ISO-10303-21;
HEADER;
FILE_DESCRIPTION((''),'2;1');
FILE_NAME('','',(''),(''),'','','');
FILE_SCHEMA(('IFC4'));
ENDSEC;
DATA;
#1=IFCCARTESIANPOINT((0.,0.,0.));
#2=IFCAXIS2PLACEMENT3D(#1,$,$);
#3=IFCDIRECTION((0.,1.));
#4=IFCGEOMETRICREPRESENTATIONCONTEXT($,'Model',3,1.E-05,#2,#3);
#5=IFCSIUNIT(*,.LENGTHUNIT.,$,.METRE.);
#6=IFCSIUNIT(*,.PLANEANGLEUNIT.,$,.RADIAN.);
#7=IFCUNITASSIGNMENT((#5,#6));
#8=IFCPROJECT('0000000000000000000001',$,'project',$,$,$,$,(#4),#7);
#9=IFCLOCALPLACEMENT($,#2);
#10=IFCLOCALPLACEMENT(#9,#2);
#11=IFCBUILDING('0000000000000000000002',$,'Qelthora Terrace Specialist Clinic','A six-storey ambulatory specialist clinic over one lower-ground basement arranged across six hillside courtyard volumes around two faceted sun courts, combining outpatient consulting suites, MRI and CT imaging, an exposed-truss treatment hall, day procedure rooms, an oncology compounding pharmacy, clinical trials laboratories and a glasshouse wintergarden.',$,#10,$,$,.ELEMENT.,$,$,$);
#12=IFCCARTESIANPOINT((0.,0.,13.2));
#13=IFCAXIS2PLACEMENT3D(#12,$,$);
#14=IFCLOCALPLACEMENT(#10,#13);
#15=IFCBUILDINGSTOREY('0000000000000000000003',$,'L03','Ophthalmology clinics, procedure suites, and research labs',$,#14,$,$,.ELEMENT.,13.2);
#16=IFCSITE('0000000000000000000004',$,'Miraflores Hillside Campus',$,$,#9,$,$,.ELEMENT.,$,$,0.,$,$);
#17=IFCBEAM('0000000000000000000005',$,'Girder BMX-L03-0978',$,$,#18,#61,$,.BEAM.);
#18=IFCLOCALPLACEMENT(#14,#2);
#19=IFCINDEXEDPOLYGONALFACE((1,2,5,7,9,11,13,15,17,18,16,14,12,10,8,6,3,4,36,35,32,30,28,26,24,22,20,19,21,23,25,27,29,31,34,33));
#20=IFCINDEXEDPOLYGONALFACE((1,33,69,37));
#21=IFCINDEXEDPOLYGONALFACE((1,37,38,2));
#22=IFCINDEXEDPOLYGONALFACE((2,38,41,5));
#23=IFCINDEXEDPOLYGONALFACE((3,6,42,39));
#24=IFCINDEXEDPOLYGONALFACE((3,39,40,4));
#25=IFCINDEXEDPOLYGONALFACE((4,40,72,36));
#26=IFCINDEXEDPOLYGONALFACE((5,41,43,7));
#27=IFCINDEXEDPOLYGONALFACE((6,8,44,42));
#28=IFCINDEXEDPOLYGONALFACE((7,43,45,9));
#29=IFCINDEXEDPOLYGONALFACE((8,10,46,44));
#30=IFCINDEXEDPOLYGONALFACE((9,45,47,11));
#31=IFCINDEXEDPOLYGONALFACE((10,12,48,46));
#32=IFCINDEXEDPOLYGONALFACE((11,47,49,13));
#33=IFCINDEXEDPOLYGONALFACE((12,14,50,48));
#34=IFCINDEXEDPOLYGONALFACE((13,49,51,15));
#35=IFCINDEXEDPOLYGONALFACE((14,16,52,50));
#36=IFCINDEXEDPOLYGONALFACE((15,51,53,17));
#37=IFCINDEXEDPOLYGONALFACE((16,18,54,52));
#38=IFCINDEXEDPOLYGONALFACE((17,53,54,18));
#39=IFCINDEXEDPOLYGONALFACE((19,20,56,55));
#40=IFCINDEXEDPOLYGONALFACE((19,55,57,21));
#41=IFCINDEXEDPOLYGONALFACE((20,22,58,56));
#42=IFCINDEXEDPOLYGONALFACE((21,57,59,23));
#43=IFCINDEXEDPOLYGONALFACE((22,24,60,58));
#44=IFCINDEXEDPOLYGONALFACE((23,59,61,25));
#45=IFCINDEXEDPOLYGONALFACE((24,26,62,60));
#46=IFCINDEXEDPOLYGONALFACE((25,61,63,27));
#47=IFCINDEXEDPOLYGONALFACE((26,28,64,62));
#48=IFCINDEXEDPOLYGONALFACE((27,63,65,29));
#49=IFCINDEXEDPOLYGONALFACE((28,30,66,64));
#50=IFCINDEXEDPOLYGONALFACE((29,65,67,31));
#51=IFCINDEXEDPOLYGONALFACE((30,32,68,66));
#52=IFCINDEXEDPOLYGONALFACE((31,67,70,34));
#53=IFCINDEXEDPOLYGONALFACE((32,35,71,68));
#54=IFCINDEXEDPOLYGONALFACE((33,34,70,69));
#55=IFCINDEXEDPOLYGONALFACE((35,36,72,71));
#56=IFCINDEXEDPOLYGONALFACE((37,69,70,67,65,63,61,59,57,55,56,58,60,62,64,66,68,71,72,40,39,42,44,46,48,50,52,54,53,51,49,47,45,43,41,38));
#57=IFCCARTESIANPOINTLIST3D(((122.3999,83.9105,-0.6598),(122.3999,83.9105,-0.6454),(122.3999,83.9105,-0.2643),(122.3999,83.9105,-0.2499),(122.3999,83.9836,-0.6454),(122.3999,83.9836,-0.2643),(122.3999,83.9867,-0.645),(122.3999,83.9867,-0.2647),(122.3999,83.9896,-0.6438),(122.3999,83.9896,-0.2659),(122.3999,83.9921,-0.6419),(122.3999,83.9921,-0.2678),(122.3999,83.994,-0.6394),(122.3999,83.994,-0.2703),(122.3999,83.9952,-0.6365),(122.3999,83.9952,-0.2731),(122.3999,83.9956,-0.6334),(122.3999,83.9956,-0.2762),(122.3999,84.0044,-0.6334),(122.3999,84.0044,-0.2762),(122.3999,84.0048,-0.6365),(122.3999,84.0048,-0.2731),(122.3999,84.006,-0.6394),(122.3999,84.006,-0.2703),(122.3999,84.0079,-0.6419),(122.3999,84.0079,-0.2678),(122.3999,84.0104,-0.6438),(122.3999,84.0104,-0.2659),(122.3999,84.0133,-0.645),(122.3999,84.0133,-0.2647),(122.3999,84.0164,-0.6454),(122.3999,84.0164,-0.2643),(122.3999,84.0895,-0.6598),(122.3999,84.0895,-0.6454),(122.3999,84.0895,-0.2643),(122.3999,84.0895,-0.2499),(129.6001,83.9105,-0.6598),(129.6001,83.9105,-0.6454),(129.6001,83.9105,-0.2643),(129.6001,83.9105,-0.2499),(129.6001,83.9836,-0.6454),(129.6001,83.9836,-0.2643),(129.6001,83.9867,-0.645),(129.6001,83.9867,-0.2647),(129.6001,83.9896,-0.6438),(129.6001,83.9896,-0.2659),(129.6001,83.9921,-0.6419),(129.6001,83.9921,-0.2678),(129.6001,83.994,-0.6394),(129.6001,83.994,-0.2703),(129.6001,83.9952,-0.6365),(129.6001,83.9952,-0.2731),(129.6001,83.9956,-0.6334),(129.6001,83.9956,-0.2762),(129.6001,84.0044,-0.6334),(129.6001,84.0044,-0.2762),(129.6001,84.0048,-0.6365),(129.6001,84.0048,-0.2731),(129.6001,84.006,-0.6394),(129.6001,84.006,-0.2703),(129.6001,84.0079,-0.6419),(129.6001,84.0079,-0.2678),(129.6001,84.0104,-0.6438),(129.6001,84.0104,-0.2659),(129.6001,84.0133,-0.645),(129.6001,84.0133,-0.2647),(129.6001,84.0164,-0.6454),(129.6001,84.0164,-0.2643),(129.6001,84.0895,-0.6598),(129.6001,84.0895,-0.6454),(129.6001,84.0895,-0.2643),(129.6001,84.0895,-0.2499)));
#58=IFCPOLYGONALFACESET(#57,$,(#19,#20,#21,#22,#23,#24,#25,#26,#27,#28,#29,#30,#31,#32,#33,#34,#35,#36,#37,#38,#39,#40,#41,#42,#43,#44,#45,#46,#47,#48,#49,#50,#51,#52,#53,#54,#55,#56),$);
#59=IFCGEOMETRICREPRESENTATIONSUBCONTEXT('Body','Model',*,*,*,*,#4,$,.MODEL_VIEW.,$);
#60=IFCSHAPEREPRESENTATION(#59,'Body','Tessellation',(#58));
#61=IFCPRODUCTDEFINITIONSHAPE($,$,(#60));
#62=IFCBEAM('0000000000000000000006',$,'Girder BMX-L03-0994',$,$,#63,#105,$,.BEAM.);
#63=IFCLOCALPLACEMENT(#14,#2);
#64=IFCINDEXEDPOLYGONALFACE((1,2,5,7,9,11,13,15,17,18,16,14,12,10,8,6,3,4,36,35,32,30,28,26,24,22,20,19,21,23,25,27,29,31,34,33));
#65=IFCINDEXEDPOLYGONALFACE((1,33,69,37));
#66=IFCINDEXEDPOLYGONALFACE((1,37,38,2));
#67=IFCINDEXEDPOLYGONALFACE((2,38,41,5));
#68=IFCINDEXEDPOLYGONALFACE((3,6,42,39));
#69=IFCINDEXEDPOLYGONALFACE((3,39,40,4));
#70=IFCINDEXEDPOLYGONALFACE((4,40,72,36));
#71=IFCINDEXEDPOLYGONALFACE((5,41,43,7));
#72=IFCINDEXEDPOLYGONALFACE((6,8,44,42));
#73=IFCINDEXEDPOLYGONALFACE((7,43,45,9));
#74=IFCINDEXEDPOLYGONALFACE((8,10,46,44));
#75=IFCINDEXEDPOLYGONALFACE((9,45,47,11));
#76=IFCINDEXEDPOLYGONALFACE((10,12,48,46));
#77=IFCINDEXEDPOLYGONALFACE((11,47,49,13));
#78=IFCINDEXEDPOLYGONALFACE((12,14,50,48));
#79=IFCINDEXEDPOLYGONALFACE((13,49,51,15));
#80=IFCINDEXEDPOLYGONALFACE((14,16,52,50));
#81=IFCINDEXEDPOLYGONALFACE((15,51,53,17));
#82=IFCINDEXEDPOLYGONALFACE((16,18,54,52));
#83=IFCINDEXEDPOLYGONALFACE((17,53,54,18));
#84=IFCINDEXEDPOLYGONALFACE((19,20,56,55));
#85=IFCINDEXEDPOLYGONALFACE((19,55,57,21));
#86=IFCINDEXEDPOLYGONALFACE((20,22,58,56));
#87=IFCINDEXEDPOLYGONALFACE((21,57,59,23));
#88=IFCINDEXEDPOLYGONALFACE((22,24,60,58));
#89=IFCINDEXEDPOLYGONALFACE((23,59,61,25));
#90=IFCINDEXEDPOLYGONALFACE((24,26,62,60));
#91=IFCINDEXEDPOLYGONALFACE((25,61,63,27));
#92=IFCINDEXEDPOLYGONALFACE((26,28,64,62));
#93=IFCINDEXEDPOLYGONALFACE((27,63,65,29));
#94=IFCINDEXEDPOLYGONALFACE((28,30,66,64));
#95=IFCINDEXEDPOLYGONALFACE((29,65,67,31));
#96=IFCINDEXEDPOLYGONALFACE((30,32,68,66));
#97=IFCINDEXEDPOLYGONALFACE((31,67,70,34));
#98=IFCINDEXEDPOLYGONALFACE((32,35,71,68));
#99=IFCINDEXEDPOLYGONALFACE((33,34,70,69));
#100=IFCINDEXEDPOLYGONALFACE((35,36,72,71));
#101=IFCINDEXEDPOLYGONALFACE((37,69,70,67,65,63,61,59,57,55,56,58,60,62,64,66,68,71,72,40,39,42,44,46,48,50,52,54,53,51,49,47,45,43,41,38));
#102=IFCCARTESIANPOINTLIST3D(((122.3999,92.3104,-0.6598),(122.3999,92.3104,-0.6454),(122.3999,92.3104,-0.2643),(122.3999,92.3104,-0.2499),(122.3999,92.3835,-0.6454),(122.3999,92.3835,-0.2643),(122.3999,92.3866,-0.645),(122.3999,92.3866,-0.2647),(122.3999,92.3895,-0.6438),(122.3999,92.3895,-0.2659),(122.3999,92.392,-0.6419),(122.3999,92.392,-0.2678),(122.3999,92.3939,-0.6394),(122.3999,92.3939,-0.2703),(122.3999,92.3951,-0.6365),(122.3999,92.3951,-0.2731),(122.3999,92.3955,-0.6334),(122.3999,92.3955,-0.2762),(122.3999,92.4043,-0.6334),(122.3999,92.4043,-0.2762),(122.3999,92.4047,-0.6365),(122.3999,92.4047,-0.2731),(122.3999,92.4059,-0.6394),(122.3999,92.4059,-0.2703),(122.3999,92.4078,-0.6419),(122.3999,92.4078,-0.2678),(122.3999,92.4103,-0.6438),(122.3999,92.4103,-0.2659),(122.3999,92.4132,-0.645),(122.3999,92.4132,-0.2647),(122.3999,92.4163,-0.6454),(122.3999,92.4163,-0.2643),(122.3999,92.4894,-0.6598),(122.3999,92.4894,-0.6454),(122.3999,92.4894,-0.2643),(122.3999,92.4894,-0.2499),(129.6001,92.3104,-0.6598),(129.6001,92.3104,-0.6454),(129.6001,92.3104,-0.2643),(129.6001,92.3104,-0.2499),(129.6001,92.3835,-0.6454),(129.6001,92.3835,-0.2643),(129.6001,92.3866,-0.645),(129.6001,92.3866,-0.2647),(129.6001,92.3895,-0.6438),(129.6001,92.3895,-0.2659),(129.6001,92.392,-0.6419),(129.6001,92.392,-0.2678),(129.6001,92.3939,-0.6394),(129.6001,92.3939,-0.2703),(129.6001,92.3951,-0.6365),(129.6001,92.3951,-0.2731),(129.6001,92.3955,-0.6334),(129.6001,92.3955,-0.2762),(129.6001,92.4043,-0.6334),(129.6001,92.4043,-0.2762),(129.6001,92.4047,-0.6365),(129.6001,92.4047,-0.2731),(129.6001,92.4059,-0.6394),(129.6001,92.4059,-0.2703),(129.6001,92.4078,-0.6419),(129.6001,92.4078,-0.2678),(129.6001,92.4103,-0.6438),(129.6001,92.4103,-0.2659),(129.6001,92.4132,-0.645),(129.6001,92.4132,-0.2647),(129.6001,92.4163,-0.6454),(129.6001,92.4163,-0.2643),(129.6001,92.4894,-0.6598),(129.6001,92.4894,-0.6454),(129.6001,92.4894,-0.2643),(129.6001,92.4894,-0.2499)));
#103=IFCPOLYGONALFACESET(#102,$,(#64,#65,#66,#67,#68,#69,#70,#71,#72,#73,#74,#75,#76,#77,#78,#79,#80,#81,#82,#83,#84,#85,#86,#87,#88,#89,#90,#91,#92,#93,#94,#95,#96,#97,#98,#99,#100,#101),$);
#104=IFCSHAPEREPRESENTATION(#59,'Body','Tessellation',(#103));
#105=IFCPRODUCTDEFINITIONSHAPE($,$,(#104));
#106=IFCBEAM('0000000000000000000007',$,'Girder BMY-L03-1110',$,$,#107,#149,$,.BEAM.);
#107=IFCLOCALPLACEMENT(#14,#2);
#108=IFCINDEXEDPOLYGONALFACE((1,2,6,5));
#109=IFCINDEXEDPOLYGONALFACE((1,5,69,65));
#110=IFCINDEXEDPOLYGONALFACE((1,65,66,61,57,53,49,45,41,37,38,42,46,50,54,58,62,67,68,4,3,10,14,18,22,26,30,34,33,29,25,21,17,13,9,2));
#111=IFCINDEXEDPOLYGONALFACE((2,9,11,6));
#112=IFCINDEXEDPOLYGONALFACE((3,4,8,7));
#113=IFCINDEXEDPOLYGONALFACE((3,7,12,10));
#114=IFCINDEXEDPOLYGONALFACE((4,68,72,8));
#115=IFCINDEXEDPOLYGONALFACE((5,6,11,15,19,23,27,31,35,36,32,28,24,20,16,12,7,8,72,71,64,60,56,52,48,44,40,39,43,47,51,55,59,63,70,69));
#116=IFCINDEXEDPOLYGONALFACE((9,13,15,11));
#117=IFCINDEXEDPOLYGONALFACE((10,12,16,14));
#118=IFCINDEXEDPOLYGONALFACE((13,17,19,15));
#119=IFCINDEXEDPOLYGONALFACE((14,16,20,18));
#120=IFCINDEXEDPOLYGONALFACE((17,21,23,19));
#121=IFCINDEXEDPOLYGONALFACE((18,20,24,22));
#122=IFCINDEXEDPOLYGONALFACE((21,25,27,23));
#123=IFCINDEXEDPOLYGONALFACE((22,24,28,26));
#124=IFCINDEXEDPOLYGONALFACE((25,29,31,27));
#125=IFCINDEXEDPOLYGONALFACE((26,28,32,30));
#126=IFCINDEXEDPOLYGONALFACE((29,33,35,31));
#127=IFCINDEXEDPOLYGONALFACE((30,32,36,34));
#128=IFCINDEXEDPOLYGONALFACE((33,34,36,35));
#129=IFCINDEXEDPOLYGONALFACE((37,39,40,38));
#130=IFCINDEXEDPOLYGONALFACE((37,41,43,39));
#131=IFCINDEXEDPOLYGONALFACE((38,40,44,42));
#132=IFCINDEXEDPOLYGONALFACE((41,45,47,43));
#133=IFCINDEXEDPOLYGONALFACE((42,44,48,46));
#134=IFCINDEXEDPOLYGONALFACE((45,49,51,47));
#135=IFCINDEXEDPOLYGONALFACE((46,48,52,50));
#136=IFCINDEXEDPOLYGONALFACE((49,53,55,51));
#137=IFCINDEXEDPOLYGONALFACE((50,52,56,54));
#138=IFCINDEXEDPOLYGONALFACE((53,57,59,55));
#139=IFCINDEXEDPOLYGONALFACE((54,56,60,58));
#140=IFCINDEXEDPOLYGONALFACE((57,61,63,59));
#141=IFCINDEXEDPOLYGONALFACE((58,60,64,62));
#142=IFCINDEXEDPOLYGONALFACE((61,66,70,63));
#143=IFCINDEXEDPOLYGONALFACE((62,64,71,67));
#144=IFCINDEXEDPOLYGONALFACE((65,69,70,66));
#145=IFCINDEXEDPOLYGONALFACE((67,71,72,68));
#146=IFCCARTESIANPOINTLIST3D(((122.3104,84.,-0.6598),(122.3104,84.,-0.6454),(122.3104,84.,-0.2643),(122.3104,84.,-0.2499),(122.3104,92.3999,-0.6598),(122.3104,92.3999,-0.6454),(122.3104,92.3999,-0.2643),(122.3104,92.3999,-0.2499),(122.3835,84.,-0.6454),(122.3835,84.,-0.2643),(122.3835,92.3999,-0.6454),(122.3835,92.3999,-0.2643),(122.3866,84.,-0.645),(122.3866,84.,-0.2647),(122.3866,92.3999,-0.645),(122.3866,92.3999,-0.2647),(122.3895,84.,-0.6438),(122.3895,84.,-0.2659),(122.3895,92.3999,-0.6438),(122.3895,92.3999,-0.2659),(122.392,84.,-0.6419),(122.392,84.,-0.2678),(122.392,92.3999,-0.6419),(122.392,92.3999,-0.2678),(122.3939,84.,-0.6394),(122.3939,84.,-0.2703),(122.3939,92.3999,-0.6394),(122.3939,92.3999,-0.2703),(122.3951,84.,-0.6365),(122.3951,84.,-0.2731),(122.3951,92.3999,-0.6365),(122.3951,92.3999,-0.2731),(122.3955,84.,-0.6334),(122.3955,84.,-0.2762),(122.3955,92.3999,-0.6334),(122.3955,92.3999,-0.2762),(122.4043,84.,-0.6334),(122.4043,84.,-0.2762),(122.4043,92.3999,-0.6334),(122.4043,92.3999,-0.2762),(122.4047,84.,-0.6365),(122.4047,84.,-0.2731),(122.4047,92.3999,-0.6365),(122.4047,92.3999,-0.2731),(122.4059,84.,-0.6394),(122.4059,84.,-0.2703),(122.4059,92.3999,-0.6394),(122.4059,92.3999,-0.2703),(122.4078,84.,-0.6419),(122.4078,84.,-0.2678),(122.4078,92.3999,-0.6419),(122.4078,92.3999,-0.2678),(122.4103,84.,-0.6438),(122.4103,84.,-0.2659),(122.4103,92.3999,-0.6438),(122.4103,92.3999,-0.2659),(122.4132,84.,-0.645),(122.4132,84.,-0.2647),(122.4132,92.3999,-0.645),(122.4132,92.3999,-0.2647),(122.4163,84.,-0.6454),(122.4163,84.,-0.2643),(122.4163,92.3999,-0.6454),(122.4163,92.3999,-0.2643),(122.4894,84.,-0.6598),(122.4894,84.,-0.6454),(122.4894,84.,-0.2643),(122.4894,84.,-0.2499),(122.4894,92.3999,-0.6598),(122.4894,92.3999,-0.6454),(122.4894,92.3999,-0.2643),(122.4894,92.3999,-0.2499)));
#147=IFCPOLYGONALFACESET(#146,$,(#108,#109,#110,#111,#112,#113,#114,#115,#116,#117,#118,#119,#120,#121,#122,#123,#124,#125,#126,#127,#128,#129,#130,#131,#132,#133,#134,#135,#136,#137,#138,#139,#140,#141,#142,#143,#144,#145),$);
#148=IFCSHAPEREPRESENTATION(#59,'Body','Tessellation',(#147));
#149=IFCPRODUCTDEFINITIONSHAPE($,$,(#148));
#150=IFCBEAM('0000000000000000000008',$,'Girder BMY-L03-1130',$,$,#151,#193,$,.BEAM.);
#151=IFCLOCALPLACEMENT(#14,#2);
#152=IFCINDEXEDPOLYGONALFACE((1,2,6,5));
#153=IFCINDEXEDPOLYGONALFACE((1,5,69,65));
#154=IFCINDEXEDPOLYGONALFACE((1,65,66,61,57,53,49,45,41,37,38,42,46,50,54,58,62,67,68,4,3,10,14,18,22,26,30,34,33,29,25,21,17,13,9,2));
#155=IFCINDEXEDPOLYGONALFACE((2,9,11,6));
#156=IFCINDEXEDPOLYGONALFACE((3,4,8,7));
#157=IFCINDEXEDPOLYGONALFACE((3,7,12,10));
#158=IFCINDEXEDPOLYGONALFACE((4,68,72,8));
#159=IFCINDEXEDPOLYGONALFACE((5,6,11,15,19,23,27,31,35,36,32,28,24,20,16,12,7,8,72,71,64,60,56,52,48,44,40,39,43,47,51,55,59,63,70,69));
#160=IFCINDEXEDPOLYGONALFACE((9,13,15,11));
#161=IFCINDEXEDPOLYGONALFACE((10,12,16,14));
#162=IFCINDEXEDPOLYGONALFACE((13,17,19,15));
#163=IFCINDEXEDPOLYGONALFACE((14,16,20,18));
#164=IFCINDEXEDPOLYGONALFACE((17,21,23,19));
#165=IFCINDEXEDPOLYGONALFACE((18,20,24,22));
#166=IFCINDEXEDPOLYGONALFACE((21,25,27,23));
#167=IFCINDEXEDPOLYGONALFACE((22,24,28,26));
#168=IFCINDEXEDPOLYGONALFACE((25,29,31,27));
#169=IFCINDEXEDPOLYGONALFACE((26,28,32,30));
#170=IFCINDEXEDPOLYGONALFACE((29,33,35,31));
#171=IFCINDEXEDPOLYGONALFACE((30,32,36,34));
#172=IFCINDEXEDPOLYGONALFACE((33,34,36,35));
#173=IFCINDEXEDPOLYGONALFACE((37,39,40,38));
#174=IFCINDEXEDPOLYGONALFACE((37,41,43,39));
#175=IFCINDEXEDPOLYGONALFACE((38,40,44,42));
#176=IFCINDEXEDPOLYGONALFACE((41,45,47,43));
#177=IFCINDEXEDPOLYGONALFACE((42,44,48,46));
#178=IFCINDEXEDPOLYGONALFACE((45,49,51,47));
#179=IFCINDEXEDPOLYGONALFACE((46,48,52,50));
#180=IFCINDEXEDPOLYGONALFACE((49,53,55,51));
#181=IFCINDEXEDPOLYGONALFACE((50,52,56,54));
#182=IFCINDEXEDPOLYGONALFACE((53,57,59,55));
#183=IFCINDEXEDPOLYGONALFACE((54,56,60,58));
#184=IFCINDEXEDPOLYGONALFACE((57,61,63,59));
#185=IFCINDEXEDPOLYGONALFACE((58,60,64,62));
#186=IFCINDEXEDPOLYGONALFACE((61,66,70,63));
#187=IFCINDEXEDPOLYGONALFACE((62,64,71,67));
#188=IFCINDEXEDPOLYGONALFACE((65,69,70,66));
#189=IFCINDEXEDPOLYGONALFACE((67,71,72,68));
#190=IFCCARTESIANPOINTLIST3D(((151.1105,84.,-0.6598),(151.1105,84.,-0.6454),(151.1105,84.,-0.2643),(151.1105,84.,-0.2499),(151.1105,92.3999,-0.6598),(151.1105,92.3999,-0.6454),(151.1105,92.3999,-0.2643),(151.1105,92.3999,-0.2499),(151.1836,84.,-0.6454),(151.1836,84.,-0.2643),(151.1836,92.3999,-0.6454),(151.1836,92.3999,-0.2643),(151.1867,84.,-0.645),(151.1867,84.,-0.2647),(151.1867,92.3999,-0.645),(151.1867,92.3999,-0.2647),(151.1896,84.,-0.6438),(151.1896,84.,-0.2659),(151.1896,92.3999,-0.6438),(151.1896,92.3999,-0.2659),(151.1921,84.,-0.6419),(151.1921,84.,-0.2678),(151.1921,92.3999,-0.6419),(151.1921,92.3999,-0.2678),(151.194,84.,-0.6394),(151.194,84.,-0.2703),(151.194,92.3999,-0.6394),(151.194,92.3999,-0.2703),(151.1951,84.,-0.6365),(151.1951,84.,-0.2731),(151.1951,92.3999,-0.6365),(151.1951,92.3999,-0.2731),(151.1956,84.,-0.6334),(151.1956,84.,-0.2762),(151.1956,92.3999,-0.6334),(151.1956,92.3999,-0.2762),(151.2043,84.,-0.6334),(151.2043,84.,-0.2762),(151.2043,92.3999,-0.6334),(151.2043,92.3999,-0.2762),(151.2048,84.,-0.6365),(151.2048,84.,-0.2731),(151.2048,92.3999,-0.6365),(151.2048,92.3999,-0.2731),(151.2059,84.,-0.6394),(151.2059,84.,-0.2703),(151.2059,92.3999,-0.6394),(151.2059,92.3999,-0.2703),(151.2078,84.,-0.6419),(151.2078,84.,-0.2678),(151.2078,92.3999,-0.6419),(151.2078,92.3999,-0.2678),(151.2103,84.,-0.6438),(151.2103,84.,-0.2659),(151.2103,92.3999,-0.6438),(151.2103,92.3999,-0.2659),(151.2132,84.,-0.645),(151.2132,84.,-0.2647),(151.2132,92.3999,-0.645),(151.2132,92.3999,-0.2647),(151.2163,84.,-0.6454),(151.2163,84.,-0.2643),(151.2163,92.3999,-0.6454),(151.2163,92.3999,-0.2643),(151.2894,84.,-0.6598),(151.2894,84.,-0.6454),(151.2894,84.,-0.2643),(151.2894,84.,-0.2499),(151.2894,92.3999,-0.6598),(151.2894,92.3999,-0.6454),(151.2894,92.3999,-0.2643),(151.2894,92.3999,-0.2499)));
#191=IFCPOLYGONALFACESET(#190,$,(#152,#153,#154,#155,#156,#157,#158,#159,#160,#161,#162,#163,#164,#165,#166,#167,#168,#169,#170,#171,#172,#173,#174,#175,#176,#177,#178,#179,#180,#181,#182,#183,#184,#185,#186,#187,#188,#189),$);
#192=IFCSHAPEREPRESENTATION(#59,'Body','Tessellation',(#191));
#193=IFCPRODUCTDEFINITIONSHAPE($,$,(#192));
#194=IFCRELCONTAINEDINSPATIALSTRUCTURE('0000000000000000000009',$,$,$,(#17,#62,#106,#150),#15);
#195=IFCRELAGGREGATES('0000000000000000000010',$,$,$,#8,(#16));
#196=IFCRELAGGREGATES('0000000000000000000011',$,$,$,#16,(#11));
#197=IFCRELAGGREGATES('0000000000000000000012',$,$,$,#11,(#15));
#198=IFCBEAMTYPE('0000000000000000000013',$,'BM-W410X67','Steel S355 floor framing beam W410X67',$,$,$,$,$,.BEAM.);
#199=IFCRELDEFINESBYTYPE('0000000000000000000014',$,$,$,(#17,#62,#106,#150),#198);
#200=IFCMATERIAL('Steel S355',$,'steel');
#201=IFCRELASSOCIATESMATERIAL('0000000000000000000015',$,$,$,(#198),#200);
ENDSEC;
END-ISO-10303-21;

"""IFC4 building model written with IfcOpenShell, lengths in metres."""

from ifc_helpers import new_model, si_unit, direction, frame, origin, origin_2d, place, context, subcontext, project, spatial, i_section, extrude, material, material_profile, profile_set, type_object, element, save


model = new_model("IFC4")

# Units and contexts
model_context = context("Model", 3, precision=1e-05, world=origin(), true_north=direction((0.0, 1.0)))
body_context = subcontext(model_context, "Body", "Model", "MODEL_VIEW")
ifc_project = project(units=[si_unit("LENGTHUNIT", "METRE"), si_unit("PLANEANGLEUNIT", "RADIAN")], contexts=[model_context])

# Site, building, storey
site_placement = place(None, origin())
site = spatial("IfcSite", under=ifc_project, at=site_placement, Name="Miraflores Hillside Campus", CompositionType="ELEMENT", RefElevation=0.0)
building_placement = place(site_placement, origin())
building = spatial("IfcBuilding", under=site, at=building_placement, Name="Qelthora Terrace Specialist Clinic", Description="A six-storey ambulatory specialist clinic over one lower-ground basement arranged across six hillside courtyard volumes around two faceted sun courts, combining outpatient consulting suites, MRI and CT imaging, an exposed-truss treatment hall, day procedure rooms, an oncology compounding pharmacy, clinical trials laboratories and a glasshouse wintergarden.", CompositionType="ELEMENT")
storey_placement = place(building_placement, frame((0.0, 0.0, 13.2)))
storey = spatial("IfcBuildingStorey", under=building, at=storey_placement, Name="L03", Description="Ophthalmology clinics, procedure suites, and research labs", CompositionType="ELEMENT", Elevation=13.2)

# Beams
ifc_material_1 = material(Name="Steel S355", Category="steel")
ifc_material_profile_1 = material_profile(ifc_material_1, i_section(OverallWidth=0.179, OverallDepth=0.4099, WebThickness=0.0088, FlangeThickness=0.0144, FilletRadius=0.012, at=origin_2d()), Name="W410X67")
ifc_profile_set_1 = profile_set([ifc_material_profile_1], Name="Steel S355")
beam_type_1 = type_object("IfcBeamType", Name="BM-W410X67", Description="Steel S355 floor framing beam W410X67", PredefinedType="BEAM", material=ifc_profile_set_1)
for number, where, z_axis, x_axis, name in (
    (1, (122.3999, 84.0, -0.4548), (1.0, 0.0, 0.0), (0.0, 1.0, 0.0), "Girder BMX-L03-0978"),
    (2, (122.3999, 92.3999, -0.4548), (1.0, 0.0, 0.0), (0.0, 1.0, 0.0), "Girder BMX-L03-0994"),
):
    element("IfcBeam", number, at=place(storey_placement, frame(where, z_axis=z_axis, x_axis=x_axis)), inside=storey, type_object=beam_type_1, Name=name, PredefinedType="BEAM", context=body_context, shape_type="SweptSolid", body=[
        extrude(i_section(OverallWidth=0.179, OverallDepth=0.4099, WebThickness=0.0088, FlangeThickness=0.0144, FilletRadius=0.012, at=origin_2d()), origin(), (0.0, 0.0, 1.0), 7.2002),
    ])
for number, where, z_axis, x_axis, name in (
    (3, (122.3999, 84.0, -0.4548), (0.0, 1.0, 0.0), (-1.0, 0.0, 0.0), "Girder BMY-L03-1110"),
    (4, (151.2, 84.0, -0.4548), (0.0, 1.0, 0.0), (-1.0, 0.0, 0.0), "Girder BMY-L03-1130"),
):
    element("IfcBeam", number, at=place(storey_placement, frame(where, z_axis=z_axis, x_axis=x_axis)), inside=storey, type_object=beam_type_1, Name=name, PredefinedType="BEAM", context=body_context, shape_type="SweptSolid", body=[
        extrude(i_section(OverallWidth=0.179, OverallDepth=0.4099, WebThickness=0.0088, FlangeThickness=0.0144, FilletRadius=0.012, at=origin_2d()), origin(), (0.0, 0.0, 1.0), 8.3999),
    ])

save(model, "model.ifc")
